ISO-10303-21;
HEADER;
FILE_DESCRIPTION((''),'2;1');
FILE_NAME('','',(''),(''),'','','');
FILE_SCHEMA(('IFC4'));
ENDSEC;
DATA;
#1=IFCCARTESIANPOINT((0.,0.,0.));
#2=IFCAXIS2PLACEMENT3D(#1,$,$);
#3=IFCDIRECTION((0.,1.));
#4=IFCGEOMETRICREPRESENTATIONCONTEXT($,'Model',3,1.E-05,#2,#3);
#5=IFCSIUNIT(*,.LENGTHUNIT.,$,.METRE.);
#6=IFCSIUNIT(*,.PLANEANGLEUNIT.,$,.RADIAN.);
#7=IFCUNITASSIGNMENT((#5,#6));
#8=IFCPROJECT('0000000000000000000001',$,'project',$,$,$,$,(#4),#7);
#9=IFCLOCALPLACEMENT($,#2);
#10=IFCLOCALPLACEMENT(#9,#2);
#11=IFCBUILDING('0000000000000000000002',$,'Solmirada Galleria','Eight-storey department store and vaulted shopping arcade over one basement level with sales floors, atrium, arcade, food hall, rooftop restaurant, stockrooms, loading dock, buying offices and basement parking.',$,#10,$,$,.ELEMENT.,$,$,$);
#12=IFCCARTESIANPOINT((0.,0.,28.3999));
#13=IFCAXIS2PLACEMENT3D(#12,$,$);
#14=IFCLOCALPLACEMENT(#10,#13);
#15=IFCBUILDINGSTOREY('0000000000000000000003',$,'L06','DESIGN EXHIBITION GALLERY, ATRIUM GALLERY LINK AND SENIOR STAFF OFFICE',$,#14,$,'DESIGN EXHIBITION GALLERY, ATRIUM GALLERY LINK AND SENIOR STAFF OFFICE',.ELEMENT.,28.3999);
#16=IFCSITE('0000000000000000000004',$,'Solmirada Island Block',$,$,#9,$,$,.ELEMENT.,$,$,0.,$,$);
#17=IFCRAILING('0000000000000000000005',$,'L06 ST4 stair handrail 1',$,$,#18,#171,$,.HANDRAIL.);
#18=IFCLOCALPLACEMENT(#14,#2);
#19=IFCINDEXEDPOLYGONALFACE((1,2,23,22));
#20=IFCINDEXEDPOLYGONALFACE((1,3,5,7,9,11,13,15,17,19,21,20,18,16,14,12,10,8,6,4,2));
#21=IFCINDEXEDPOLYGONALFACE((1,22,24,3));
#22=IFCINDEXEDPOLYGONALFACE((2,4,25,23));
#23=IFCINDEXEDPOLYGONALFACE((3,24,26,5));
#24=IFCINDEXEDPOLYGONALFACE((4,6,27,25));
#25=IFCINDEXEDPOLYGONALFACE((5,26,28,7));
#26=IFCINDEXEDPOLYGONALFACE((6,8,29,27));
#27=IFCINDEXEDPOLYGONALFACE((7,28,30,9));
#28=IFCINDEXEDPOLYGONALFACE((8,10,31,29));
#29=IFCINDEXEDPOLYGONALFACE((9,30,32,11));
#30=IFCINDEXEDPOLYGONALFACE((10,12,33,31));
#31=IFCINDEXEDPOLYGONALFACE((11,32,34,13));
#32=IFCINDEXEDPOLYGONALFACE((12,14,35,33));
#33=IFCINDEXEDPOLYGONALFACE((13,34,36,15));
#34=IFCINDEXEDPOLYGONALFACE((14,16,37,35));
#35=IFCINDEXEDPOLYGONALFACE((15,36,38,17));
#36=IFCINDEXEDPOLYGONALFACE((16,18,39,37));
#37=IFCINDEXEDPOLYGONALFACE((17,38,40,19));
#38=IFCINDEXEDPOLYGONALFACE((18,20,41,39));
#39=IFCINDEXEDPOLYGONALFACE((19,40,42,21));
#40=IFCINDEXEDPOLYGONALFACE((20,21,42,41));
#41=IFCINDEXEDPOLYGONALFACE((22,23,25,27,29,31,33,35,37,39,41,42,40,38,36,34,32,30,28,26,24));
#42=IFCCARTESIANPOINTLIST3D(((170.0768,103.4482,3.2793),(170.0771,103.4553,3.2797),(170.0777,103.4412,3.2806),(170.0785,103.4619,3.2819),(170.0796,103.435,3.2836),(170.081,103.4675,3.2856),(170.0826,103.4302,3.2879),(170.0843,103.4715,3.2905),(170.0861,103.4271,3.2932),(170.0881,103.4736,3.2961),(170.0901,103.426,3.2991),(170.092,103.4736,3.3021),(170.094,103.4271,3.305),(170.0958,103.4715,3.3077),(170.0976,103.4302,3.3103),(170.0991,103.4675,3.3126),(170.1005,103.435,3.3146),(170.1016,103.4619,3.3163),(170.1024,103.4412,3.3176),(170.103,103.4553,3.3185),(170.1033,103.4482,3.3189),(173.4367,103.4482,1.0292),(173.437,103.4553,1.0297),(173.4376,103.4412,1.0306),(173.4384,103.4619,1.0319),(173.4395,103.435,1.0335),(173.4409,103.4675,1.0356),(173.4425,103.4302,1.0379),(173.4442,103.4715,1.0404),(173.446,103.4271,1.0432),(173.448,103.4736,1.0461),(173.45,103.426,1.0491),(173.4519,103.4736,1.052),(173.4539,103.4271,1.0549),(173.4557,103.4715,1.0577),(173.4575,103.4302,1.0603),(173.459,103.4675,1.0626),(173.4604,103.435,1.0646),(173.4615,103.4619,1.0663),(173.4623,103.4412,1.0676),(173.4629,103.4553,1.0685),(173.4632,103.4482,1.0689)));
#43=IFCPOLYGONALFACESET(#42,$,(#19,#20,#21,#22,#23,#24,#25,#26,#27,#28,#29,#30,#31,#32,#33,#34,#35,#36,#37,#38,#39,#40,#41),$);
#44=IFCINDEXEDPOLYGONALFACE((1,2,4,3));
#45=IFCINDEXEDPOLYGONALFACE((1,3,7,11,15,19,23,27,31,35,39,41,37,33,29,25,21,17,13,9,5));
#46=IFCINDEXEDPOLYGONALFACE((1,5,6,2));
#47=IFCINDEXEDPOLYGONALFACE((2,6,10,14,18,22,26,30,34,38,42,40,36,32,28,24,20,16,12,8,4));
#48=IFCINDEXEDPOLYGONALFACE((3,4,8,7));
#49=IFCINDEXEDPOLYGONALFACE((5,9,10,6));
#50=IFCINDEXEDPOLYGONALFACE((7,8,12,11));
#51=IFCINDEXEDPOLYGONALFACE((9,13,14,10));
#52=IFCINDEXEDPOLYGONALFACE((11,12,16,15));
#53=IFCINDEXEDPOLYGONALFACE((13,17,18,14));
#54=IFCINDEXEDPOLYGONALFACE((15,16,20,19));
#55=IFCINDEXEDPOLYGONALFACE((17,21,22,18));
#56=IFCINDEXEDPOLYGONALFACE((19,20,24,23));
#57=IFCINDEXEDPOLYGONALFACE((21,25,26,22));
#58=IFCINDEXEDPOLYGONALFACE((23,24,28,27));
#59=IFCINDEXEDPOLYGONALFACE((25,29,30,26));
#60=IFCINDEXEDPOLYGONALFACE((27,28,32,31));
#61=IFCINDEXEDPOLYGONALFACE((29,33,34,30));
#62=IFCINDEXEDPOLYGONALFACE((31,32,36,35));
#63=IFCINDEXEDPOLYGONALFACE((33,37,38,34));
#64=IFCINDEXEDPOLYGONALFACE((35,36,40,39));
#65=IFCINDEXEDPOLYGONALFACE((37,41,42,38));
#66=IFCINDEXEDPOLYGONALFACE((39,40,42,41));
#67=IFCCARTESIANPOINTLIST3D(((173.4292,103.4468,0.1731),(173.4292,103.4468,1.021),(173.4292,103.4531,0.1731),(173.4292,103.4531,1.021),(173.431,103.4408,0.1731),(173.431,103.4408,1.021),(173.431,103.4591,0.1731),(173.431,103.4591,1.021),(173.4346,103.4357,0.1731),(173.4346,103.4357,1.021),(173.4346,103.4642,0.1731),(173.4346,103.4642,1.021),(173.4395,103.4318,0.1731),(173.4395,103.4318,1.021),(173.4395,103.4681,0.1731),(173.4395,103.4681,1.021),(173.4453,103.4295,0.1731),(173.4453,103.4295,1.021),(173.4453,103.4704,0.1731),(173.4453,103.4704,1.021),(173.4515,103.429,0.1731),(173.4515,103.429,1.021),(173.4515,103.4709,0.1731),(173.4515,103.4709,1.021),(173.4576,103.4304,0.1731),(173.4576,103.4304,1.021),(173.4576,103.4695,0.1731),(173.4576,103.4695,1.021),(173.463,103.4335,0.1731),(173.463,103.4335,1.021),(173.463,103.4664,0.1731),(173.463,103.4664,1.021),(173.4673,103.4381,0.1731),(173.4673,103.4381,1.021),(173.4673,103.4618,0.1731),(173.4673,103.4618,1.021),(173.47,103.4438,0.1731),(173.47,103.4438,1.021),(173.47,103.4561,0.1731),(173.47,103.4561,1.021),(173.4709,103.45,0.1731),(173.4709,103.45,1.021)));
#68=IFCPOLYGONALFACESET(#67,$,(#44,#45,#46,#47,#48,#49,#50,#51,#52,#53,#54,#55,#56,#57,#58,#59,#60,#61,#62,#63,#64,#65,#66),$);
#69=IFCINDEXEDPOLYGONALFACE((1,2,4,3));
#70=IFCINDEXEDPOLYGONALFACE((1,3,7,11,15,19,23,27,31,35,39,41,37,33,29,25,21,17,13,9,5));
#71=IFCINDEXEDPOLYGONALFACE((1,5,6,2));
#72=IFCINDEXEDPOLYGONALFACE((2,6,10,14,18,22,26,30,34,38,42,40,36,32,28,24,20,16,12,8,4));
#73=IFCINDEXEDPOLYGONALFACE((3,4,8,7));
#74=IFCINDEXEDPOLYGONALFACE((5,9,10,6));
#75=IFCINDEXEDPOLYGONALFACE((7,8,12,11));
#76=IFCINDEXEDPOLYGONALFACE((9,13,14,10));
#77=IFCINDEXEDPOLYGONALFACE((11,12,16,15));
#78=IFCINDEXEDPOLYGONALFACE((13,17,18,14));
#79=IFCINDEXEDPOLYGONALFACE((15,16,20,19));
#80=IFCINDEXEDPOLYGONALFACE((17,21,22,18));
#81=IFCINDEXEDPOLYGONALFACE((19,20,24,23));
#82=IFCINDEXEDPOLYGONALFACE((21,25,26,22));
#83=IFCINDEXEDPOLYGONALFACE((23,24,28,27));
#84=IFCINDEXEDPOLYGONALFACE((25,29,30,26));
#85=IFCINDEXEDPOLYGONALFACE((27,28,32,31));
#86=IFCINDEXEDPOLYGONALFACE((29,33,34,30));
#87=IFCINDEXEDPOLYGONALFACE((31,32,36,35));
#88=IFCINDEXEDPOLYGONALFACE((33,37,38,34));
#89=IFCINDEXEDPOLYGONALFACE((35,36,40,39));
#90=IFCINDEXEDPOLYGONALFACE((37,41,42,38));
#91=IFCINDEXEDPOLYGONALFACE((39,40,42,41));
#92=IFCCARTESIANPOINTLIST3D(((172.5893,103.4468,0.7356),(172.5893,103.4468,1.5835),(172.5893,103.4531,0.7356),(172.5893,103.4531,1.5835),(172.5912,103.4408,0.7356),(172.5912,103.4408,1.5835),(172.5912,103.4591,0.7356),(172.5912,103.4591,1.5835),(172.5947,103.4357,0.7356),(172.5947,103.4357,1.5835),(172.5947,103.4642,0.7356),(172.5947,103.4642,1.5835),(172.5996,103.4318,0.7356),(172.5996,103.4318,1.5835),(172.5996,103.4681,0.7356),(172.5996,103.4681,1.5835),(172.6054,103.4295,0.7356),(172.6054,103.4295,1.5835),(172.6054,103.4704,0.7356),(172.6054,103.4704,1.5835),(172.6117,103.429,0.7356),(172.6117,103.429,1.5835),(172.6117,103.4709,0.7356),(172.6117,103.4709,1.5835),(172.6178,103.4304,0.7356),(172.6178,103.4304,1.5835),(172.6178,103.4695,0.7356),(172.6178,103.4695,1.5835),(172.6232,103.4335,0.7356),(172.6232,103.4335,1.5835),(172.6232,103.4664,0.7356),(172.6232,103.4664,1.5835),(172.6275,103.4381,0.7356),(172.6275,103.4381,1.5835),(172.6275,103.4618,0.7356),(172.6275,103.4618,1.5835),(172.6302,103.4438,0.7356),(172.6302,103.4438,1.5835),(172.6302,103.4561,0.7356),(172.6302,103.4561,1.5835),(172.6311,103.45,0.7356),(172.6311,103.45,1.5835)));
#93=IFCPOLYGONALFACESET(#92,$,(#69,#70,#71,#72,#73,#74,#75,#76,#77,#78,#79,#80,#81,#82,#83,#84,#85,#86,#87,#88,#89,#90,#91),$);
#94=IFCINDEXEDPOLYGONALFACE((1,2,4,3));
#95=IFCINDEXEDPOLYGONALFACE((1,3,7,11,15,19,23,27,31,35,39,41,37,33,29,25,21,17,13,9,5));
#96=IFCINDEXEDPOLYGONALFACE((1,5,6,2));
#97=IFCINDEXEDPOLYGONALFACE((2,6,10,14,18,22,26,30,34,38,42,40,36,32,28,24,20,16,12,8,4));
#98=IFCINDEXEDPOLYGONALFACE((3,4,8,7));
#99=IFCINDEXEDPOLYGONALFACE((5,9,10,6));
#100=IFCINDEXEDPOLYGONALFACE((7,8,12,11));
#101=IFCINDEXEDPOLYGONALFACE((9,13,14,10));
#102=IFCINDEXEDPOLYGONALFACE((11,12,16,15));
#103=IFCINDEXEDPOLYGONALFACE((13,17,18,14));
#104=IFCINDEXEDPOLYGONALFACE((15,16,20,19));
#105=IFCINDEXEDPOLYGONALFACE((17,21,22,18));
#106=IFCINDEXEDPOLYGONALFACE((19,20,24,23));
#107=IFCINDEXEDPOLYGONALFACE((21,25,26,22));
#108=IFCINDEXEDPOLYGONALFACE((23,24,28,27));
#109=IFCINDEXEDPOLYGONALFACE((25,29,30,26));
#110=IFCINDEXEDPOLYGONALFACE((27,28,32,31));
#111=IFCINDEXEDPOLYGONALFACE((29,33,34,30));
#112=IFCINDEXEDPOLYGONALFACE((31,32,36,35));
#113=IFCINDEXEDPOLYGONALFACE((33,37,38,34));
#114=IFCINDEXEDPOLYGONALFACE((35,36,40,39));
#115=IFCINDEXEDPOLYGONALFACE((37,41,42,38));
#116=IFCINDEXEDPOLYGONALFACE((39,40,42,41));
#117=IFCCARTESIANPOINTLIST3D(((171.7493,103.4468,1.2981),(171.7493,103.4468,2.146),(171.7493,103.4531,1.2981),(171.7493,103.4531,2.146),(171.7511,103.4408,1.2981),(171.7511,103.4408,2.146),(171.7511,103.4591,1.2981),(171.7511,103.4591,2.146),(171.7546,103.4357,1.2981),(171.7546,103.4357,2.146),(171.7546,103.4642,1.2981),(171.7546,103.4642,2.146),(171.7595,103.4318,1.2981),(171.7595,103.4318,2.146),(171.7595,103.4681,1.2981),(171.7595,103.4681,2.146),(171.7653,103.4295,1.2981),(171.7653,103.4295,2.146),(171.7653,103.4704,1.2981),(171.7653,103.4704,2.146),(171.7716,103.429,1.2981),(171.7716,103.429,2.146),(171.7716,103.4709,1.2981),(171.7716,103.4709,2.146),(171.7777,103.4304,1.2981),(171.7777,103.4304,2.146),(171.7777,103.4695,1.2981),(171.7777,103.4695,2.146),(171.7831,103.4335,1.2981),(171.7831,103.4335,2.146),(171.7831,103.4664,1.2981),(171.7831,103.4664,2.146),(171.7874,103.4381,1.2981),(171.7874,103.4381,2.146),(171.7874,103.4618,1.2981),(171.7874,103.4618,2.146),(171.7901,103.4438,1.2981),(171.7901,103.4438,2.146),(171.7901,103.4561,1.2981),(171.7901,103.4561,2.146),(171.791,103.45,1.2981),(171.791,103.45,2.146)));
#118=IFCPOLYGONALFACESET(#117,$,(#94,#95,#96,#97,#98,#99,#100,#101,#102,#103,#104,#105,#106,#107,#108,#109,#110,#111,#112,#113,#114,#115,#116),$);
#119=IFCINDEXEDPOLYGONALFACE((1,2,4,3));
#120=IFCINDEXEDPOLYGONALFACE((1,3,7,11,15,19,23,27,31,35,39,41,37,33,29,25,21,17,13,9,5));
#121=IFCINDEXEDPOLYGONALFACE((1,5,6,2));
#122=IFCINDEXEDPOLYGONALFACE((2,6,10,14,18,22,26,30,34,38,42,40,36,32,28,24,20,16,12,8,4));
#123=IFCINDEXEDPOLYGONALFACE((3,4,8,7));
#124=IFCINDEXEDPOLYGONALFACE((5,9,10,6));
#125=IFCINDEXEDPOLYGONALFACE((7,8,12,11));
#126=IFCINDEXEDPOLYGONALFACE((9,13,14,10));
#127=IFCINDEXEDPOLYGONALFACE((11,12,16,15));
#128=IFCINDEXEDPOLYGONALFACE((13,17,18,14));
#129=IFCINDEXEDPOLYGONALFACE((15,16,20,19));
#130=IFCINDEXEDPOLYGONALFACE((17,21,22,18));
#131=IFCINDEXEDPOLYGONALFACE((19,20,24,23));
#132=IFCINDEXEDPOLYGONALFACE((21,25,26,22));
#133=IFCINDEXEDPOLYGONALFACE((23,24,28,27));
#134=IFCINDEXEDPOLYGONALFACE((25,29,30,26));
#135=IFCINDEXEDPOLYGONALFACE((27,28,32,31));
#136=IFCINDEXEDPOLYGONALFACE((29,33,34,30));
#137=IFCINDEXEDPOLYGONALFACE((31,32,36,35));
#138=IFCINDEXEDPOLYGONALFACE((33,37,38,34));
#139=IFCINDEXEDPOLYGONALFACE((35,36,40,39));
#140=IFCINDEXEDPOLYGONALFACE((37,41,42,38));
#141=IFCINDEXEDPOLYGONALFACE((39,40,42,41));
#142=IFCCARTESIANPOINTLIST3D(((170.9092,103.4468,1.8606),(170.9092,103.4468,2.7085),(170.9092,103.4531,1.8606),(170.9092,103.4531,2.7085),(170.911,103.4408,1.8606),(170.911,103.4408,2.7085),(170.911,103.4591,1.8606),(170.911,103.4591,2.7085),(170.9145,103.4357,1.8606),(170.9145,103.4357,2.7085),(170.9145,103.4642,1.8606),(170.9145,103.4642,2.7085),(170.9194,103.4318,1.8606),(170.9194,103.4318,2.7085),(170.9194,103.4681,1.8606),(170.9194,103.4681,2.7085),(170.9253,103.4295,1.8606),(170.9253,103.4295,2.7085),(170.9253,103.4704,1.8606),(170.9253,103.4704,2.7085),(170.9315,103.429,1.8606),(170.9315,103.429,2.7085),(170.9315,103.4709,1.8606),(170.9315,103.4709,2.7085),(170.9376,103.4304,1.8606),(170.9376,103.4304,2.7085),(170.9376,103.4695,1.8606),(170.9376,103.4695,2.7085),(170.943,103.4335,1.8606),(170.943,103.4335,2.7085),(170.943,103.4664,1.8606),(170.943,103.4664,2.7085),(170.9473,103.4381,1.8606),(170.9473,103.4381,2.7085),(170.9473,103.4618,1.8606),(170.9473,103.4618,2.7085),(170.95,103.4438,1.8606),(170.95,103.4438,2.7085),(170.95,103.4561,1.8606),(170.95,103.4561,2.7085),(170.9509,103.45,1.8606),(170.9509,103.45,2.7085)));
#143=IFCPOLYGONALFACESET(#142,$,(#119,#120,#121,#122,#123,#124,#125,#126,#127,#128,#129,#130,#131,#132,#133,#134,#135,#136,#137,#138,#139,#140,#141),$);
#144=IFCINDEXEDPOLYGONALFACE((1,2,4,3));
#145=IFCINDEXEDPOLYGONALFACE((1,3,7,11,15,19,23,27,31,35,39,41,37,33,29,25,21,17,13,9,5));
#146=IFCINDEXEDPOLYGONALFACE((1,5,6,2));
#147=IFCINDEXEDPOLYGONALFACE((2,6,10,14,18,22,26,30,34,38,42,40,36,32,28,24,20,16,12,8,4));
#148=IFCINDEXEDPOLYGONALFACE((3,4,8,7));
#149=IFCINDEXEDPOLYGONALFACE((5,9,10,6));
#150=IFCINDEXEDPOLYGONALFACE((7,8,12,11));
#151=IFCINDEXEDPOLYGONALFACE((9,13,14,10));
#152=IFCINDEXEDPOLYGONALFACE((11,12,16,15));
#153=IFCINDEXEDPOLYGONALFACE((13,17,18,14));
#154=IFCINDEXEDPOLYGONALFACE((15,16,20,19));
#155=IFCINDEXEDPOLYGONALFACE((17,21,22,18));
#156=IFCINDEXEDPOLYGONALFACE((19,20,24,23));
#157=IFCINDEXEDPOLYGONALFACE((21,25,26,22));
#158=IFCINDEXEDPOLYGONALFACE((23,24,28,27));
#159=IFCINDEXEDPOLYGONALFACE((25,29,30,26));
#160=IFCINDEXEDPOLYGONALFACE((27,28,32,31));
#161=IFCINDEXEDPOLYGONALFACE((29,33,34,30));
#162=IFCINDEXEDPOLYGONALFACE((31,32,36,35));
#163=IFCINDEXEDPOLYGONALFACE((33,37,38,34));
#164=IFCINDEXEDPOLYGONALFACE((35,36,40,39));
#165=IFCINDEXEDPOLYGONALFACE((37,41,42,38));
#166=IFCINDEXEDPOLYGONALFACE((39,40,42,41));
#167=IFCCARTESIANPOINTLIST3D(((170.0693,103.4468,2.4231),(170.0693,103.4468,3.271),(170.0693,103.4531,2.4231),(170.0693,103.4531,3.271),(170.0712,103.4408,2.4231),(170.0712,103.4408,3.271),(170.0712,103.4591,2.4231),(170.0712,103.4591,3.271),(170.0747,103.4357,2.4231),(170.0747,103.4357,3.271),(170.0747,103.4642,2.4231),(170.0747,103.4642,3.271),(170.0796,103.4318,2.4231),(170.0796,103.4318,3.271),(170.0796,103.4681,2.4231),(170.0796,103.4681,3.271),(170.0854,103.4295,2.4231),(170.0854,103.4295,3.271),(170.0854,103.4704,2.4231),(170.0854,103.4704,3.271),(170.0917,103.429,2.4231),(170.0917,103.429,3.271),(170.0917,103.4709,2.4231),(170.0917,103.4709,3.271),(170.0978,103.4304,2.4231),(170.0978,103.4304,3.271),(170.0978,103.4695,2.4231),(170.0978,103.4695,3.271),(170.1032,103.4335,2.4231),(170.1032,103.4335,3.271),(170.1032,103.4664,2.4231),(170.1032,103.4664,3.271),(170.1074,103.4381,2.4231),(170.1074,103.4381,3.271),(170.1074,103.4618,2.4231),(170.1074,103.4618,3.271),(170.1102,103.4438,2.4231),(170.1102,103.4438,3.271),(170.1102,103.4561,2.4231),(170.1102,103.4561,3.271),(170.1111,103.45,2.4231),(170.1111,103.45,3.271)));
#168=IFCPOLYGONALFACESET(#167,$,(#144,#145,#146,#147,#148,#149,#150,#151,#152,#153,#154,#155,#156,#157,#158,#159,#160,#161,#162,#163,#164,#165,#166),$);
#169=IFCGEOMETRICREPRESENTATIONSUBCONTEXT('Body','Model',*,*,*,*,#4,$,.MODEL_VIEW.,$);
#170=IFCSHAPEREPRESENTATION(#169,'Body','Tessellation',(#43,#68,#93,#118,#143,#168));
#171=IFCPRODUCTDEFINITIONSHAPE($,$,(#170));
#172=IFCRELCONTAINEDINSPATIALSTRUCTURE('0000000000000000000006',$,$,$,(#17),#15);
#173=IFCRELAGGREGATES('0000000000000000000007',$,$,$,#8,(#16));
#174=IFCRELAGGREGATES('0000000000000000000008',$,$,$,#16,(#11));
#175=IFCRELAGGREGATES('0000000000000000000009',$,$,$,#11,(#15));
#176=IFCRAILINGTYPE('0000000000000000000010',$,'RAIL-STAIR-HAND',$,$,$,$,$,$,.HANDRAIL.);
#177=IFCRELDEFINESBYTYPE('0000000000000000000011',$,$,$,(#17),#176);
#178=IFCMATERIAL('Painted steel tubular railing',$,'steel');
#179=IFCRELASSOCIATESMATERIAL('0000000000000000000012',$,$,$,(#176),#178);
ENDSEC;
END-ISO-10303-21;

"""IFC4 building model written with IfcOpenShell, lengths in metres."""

from ifc_helpers import new_model, si_unit, direction, frame, origin, origin_2d, place, context, subcontext, project, spatial, circle, extrude, material, type_object, element, save


model = new_model("IFC4")

# Units and contexts
model_context = context("Model", 3, precision=1e-05, world=origin(), true_north=direction((0.0, 1.0)))
body_context = subcontext(model_context, "Body", "Model", "MODEL_VIEW")
ifc_project = project(units=[si_unit("LENGTHUNIT", "METRE"), si_unit("PLANEANGLEUNIT", "RADIAN")], contexts=[model_context])

# Site, building, storey
site_placement = place(None, origin())
site = spatial("IfcSite", under=ifc_project, at=site_placement, Name="Solmirada Island Block", CompositionType="ELEMENT", RefElevation=0.0)
building_placement = place(site_placement, origin())
building = spatial("IfcBuilding", under=site, at=building_placement, Name="Solmirada Galleria", Description="Eight-storey department store and vaulted shopping arcade over one basement level with sales floors, atrium, arcade, food hall, rooftop restaurant, stockrooms, loading dock, buying offices and basement parking.", CompositionType="ELEMENT")
storey_placement = place(building_placement, frame((0.0, 0.0, 28.3999)))
storey = spatial("IfcBuildingStorey", under=building, at=storey_placement, Name="L06", Description="DESIGN EXHIBITION GALLERY, ATRIUM GALLERY LINK AND SENIOR STAFF OFFICE", LongName="DESIGN EXHIBITION GALLERY, ATRIUM GALLERY LINK AND SENIOR STAFF OFFICE", CompositionType="ELEMENT", Elevation=28.3999)

# Railing
ifc_material_1 = material(Name="Painted steel tubular railing", Category="steel")
railing_type_1 = type_object("IfcRailingType", Name="RAIL-STAIR-HAND", PredefinedType="HANDRAIL", material=ifc_material_1)
railing_1_placement = place(storey_placement, frame((173.45, 103.45, 0.1731)))
element("IfcRailing", 1, at=railing_1_placement, inside=storey, type_object=railing_type_1, Name="L06 ST4 stair handrail 1", PredefinedType="HANDRAIL", context=body_context, shape_type="SweptSolid", body=[
    extrude(circle(Radius=0.0239, at=origin_2d()), frame((0.0, 0.0, 0.876), z_axis=(-0.830897, 0.0, 0.556427), x_axis=(0.0, -1.0, 0.0)), (0.0, 0.0, 1.0), 4.0437),
    extrude(circle(Radius=0.021, at=origin_2d()), origin(), (0.0, 0.0, 1.0), 0.8479),
    extrude(circle(Radius=0.021, at=origin_2d()), frame((-0.8398, 0.0, 0.5625)), (0.0, 0.0, 1.0), 0.8479),
    extrude(circle(Radius=0.021, at=origin_2d()), frame((-1.6799, 0.0, 1.125)), (0.0, 0.0, 1.0), 0.8479),
    extrude(circle(Radius=0.021, at=origin_2d()), frame((-2.52, 0.0, 1.6875)), (0.0, 0.0, 1.0), 0.8479),
    extrude(circle(Radius=0.021, at=origin_2d()), frame((-3.3599, 0.0, 2.25)), (0.0, 0.0, 1.0), 0.8479),
])

save(model, "model.ifc")
